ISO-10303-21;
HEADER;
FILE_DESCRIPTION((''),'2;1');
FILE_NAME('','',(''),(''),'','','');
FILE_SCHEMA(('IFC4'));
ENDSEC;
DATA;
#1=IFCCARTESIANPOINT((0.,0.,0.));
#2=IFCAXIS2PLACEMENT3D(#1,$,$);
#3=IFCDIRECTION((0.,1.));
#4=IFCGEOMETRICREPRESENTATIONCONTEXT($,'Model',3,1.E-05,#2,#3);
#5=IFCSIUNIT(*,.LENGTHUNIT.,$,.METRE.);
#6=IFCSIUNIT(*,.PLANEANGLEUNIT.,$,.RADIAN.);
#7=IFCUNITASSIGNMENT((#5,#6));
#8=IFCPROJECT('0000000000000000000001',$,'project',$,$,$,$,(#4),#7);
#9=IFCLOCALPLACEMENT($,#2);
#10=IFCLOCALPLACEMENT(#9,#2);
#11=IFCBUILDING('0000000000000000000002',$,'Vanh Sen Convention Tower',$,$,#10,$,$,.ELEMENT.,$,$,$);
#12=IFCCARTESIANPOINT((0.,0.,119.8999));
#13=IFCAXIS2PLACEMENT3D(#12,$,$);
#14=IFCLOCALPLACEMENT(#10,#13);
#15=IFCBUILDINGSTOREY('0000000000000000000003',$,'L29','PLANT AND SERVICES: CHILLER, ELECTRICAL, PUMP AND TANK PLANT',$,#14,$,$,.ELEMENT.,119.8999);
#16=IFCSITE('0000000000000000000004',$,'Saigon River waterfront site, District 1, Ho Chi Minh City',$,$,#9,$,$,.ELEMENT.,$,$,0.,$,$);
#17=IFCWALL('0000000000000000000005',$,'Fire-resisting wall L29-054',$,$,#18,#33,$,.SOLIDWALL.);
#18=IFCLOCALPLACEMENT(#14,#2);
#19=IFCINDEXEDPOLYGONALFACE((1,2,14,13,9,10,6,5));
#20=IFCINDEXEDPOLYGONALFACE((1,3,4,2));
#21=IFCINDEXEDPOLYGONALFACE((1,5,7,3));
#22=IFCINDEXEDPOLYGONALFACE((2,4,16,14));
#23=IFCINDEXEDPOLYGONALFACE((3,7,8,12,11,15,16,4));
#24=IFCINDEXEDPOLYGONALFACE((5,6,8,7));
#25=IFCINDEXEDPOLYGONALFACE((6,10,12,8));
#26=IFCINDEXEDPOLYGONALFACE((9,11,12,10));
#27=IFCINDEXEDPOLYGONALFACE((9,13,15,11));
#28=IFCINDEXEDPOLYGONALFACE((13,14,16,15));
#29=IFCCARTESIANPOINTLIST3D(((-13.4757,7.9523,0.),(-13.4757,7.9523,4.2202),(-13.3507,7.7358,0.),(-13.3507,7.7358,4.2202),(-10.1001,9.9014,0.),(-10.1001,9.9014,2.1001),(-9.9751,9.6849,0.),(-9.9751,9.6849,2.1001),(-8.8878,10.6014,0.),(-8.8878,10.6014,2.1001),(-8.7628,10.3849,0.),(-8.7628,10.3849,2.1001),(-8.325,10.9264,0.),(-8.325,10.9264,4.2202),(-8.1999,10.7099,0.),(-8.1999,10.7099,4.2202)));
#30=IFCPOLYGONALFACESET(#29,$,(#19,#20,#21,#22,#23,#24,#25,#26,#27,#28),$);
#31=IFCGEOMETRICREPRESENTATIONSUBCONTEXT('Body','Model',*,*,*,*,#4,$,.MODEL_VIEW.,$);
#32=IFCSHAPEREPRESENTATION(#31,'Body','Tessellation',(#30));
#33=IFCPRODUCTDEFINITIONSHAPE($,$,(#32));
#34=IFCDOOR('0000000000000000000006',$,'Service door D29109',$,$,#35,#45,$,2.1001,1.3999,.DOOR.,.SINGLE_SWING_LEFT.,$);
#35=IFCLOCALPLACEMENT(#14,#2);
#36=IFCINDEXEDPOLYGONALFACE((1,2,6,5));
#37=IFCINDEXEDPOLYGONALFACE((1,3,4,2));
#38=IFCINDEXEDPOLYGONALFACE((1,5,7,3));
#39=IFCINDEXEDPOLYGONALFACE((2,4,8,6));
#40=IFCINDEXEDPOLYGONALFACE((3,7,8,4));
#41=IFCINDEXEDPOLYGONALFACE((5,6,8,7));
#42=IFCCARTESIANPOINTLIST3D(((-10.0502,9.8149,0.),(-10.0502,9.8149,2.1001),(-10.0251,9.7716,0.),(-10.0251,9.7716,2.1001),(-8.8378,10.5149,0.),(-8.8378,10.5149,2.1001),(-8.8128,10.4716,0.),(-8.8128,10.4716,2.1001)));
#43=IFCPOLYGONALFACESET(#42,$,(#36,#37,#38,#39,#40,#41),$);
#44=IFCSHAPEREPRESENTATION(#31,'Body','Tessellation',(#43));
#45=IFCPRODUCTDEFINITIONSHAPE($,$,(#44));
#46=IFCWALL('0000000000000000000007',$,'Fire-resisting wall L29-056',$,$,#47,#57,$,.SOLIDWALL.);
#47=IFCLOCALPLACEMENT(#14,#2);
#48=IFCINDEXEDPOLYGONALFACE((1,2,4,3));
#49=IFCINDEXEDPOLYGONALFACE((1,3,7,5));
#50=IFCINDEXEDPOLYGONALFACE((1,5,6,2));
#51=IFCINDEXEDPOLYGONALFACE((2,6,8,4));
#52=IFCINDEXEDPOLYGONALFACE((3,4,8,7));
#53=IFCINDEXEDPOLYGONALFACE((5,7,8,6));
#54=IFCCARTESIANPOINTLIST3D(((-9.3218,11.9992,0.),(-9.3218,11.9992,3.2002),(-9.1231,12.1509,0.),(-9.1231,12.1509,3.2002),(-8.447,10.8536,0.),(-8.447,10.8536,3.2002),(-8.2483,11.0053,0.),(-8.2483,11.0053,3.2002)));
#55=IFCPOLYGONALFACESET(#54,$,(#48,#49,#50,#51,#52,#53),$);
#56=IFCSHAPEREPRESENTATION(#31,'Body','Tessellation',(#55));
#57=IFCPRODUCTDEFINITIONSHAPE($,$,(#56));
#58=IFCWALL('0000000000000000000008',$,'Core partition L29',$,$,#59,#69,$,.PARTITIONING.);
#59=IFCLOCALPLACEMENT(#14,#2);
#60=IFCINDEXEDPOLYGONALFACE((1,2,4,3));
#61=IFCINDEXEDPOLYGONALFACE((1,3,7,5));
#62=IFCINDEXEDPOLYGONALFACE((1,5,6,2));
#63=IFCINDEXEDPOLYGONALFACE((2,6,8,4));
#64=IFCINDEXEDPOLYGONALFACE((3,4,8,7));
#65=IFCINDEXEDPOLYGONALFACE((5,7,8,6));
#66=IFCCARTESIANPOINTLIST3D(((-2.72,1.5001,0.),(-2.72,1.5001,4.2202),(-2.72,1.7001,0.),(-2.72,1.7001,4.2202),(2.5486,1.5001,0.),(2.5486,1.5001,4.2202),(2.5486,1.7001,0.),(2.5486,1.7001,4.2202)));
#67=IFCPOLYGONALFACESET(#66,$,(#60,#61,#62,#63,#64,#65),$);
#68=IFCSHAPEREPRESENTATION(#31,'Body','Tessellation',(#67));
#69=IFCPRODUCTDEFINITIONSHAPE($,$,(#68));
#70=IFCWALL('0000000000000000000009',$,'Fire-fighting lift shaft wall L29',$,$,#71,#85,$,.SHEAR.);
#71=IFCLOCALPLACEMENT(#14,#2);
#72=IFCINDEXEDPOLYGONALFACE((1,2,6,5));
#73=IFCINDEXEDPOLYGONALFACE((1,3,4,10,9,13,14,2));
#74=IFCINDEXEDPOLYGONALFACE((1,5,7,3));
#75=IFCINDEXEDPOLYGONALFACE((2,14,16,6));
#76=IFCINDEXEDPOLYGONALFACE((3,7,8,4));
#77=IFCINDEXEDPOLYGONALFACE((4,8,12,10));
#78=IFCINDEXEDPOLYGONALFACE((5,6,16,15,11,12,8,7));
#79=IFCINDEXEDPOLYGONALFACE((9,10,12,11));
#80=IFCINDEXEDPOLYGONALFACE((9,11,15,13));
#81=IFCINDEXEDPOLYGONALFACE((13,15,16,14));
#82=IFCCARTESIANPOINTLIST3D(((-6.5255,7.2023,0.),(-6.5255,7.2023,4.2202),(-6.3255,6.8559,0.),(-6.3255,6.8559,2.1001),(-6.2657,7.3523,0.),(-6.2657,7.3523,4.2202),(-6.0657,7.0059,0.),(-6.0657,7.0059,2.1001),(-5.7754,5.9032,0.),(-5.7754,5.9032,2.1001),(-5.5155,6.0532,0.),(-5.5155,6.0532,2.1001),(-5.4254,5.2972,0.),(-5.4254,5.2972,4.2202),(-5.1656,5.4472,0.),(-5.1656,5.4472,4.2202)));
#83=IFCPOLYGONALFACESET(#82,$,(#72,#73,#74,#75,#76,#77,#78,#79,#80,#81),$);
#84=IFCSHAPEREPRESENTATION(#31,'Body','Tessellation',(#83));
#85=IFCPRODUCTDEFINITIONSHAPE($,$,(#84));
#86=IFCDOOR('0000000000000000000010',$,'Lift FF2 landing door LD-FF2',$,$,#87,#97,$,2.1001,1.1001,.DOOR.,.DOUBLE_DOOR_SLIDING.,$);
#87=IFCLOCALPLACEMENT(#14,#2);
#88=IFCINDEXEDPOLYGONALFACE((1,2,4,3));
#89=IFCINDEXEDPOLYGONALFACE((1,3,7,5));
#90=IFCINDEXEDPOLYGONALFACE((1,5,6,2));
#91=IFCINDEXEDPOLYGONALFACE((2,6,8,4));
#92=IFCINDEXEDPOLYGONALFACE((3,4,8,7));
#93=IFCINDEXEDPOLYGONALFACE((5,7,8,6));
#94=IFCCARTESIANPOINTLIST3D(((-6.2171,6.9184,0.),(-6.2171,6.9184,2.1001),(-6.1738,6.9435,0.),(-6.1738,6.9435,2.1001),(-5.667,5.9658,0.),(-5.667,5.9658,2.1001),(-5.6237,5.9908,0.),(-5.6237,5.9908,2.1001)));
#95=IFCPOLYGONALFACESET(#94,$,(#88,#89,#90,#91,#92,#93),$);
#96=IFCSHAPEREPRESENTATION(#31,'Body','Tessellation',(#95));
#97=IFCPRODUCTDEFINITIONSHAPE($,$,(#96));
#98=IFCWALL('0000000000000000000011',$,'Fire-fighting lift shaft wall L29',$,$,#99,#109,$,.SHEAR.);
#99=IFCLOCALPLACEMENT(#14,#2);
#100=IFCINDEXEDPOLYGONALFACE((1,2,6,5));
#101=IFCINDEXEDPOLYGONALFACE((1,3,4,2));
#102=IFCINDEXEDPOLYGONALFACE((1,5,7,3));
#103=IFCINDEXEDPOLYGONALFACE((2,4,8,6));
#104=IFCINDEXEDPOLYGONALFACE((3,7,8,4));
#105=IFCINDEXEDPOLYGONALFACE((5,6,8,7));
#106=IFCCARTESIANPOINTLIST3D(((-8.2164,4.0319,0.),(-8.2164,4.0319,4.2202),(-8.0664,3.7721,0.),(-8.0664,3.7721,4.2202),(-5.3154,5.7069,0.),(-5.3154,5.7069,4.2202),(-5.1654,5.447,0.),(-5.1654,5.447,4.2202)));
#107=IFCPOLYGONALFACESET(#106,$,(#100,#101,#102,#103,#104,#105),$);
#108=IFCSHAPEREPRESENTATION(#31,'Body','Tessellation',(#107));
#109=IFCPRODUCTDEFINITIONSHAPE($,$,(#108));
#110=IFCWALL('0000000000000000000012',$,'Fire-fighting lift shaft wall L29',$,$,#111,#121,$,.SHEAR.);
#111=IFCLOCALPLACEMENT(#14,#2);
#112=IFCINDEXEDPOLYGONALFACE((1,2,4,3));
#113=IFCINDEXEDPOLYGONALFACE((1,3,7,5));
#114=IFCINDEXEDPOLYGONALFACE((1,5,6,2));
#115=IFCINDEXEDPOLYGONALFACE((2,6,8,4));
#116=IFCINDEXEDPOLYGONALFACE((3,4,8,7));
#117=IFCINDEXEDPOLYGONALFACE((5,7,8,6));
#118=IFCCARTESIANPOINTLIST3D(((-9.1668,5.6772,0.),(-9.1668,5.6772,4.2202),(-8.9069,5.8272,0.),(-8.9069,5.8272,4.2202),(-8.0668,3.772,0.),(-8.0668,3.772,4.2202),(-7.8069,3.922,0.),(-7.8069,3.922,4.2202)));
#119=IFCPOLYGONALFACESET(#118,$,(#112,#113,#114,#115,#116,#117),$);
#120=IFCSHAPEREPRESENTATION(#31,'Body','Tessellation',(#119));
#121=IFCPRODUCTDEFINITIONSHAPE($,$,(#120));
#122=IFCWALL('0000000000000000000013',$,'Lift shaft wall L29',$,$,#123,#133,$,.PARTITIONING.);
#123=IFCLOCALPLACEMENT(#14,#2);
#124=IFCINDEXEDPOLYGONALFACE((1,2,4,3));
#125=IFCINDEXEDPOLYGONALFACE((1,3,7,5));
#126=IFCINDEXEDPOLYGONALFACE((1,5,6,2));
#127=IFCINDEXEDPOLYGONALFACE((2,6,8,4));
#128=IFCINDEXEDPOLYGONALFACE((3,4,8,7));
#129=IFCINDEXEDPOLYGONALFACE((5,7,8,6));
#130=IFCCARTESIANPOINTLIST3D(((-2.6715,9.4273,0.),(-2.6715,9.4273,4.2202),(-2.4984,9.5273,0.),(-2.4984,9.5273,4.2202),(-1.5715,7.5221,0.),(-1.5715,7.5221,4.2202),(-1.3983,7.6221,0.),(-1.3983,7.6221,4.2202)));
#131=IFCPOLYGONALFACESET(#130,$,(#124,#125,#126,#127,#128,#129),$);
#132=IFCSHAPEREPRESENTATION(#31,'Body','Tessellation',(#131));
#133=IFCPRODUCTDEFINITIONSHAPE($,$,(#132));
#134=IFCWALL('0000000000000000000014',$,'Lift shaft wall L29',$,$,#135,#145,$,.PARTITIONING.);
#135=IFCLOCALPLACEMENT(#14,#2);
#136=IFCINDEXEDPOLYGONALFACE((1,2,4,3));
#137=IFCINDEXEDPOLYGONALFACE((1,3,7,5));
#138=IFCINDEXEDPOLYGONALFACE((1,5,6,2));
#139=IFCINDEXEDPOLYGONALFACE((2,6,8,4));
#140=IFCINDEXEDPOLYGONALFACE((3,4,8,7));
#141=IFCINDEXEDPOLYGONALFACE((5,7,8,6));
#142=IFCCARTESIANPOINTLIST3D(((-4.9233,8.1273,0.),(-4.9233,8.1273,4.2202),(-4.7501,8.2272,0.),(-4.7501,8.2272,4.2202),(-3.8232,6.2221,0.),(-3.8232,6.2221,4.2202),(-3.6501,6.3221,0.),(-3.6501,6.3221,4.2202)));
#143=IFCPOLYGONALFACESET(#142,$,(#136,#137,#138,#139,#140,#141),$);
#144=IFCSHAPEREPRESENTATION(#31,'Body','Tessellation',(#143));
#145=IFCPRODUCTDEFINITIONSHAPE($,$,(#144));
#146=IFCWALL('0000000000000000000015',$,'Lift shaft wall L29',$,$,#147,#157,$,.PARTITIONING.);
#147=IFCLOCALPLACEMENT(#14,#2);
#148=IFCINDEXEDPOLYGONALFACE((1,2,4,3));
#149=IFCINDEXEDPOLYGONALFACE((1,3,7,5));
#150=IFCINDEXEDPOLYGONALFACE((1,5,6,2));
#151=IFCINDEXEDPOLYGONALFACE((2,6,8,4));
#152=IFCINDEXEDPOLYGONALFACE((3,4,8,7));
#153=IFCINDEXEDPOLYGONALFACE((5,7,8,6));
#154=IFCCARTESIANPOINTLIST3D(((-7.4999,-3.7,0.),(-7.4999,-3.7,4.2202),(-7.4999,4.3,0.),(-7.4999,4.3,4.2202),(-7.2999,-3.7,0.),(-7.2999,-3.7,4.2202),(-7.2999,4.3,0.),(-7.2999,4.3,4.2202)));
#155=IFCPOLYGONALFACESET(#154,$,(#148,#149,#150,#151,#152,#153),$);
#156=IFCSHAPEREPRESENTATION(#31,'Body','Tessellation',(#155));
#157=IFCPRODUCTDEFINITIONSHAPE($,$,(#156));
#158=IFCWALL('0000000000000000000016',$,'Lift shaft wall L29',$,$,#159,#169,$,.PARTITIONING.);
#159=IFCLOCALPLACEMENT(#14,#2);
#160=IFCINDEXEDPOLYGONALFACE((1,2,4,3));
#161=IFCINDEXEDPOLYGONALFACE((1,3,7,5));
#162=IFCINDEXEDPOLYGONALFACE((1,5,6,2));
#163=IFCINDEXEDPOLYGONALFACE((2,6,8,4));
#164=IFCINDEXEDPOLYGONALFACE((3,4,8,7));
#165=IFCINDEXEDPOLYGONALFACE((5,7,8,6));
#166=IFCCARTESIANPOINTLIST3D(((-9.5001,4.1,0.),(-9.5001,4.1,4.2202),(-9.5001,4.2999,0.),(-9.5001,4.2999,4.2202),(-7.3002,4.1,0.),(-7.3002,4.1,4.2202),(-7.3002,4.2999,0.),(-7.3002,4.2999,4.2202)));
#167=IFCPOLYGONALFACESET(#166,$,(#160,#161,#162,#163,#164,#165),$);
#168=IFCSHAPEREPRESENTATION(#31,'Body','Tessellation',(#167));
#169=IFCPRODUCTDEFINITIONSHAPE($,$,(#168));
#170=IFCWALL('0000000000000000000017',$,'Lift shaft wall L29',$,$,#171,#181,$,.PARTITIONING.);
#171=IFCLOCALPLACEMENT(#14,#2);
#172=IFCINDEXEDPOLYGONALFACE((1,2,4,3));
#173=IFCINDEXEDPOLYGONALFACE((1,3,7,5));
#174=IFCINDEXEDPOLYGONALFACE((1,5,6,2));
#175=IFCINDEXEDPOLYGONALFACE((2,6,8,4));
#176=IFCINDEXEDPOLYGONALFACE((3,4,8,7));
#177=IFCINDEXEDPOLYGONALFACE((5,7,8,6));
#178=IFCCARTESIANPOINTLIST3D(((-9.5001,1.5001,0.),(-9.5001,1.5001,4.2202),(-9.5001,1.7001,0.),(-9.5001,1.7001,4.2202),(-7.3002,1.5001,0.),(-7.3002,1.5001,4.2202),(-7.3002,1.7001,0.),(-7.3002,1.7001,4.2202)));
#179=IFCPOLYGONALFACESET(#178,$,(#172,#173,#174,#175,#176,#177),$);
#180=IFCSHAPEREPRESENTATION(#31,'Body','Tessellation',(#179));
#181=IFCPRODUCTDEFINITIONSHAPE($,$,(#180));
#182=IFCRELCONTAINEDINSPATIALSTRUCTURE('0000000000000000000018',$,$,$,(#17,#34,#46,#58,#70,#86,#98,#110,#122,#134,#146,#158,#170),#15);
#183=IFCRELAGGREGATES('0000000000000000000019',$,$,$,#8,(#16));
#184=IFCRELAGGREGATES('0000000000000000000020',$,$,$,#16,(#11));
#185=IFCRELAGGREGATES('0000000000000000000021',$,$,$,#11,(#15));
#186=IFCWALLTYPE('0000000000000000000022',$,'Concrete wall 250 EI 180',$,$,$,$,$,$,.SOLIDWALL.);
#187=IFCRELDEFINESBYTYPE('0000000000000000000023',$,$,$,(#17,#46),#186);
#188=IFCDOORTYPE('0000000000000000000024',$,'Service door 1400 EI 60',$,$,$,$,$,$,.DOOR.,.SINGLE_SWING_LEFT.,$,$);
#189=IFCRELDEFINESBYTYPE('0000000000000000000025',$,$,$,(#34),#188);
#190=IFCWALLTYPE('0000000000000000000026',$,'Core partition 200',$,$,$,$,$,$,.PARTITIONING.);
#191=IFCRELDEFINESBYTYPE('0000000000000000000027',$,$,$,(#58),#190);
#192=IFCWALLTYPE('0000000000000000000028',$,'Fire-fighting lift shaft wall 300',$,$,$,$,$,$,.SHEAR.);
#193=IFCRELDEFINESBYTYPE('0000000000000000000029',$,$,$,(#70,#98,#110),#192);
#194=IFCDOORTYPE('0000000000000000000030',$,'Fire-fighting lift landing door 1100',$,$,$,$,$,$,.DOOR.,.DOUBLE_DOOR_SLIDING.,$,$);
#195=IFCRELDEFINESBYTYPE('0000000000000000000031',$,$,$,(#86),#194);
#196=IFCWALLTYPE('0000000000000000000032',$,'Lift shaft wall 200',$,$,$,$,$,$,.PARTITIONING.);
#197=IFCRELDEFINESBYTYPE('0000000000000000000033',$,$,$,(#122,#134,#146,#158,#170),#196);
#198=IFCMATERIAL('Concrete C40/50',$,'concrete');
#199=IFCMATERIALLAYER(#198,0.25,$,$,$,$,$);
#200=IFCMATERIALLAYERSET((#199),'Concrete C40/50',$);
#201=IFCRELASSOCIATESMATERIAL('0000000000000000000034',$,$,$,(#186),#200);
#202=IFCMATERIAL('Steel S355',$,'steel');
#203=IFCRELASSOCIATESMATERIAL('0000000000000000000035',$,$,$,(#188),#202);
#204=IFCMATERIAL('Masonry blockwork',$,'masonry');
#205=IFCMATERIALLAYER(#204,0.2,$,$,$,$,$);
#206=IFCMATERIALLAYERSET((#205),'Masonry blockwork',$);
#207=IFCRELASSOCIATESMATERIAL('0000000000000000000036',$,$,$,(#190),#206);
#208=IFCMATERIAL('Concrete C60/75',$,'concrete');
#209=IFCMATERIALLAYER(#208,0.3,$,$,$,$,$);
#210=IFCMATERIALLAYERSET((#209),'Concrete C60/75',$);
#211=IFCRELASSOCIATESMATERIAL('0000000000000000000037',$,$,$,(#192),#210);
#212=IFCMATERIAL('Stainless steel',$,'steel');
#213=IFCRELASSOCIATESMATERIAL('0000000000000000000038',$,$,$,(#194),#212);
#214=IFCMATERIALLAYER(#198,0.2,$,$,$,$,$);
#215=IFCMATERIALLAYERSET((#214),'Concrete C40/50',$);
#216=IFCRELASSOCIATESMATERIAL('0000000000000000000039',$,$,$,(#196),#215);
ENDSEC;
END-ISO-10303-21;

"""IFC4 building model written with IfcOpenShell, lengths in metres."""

from ifc_helpers import new_model, si_unit, direction, frame, frame_2d, origin, place, context, subcontext, project, spatial, rectangle, extrude, material, layer, layer_set, type_object, element, fill, save


model = new_model("IFC4")

# Units and contexts
model_context = context("Model", 3, precision=1e-05, world=origin(), true_north=direction((0.0, 1.0)))
body_context = subcontext(model_context, "Body", "Model", "MODEL_VIEW")
ifc_project = project(units=[si_unit("LENGTHUNIT", "METRE"), si_unit("PLANEANGLEUNIT", "RADIAN")], contexts=[model_context])

# Site, building, storey
site_placement = place(None, origin())
site = spatial("IfcSite", under=ifc_project, at=site_placement, Name="Saigon River waterfront site, District 1, Ho Chi Minh City", CompositionType="ELEMENT", RefElevation=0.0)
building_placement = place(site_placement, origin())
building = spatial("IfcBuilding", under=site, at=building_placement, Name="Vanh Sen Convention Tower", CompositionType="ELEMENT")
storey_placement = place(building_placement, frame((0.0, 0.0, 119.8999)))
storey = spatial("IfcBuildingStorey", under=building, at=storey_placement, Name="L29", Description="PLANT AND SERVICES: CHILLER, ELECTRICAL, PUMP AND TANK PLANT", CompositionType="ELEMENT", Elevation=119.8999)

# Wall, opening, door
ifc_material_1 = material(Name="Concrete C40/50", Category="concrete")
ifc_layer_1 = layer(ifc_material_1, 0.25)
ifc_layer_set_1 = layer_set([ifc_layer_1], Name="Concrete C40/50")
wall_type_1 = type_object("IfcWallType", Name="Concrete wall 250 EI 180", PredefinedType="SOLIDWALL", material=ifc_layer_set_1)
wall_1_placement = place(storey_placement, frame((-8.2625, 10.8181, 0.0), z_axis=(0.0, 0.0, 1.0), x_axis=(-0.866006, -0.500033, 0.0)))
wall_1 = element("IfcWall", 1, at=wall_1_placement, inside=storey, type_object=wall_type_1, Name="Fire-resisting wall L29-054", PredefinedType="SOLIDWALL", context=body_context, shape_type="SweptSolid", body=[
    extrude(rectangle(XDim=5.9478, YDim=0.25, at=frame_2d((2.9739, 0.0))), origin(), (0.0, 0.0, 1.0), 4.2202),
])
opening_1_placement = place(wall_1_placement, frame((0.6499, 0.0, 0.0)))
opening_1 = element("IfcOpeningElement", 2, at=opening_1_placement, cuts=wall_1, PredefinedType="OPENING", context=body_context, shape_type="SweptSolid", body=[
    extrude(rectangle(XDim=1.3999, YDim=2.1001, at=frame_2d((0.7, 1.05))), frame((0.0, 0.135, 0.0), z_axis=(0.0, -1.0, 0.0), x_axis=(1.0, 0.0, 0.0)), (0.0, 0.0, 1.0), 0.27),
])
ifc_material_2 = material(Name="Steel S355", Category="steel")
door_type_1 = type_object("IfcDoorType", Name="Service door 1400 EI 60", OperationType="SINGLE_SWING_LEFT", PredefinedType="DOOR", material=ifc_material_2)
door_1_placement = place(opening_1_placement, origin())
door_1 = element("IfcDoor", 3, at=door_1_placement, inside=storey, type_object=door_type_1, Name="Service door D29109", OperationType="SINGLE_SWING_LEFT", OverallHeight=2.1001, OverallWidth=1.3999, PredefinedType="DOOR", context=body_context, shape_type="SweptSolid", body=[
    extrude(rectangle(XDim=1.3999, YDim=2.1001, at=frame_2d((0.7, 1.05))), frame((0.0, 0.0249, 0.0), z_axis=(0.0, -1.0, 0.0), x_axis=(1.0, 0.0, 0.0)), (0.0, 0.0, 1.0), 0.05),
])
fill(opening_1, door_1)

# Walls
wall_2_placement = place(storey_placement, frame((-8.3477, 10.9294, 0.0), z_axis=(0.0, 0.0, 1.0), x_axis=(-0.606916, 0.794766, 0.0)))
element("IfcWall", 4, at=wall_2_placement, inside=storey, type_object=wall_type_1, Name="Fire-resisting wall L29-056", PredefinedType="SOLIDWALL", context=body_context, shape_type="SweptSolid", body=[
    extrude(rectangle(XDim=1.4414, YDim=0.25, at=frame_2d((0.7207, 0.0))), origin(), (0.0, 0.0, 1.0), 3.2002),
])
ifc_material_3 = material(Name="Masonry blockwork", Category="masonry")
ifc_layer_2 = layer(ifc_material_3, 0.2)
ifc_layer_set_2 = layer_set([ifc_layer_2], Name="Masonry blockwork")
wall_type_2 = type_object("IfcWallType", Name="Core partition 200", PredefinedType="PARTITIONING", material=ifc_layer_set_2)
wall_3_placement = place(storey_placement, frame((-2.72, 1.6001, 0.0), z_axis=(0.0, 0.0, 1.0), x_axis=(1.0, 0.0, 0.0)))
element("IfcWall", 5, at=wall_3_placement, inside=storey, type_object=wall_type_2, Name="Core partition L29", PredefinedType="PARTITIONING", context=body_context, shape_type="SweptSolid", body=[
    extrude(rectangle(XDim=5.2686, YDim=0.2, at=frame_2d((2.6343, 0.0))), origin(), (0.0, 0.0, 1.0), 4.2202),
])

# Wall, opening, door
ifc_material_4 = material(Name="Concrete C60/75", Category="concrete")
ifc_layer_3 = layer(ifc_material_4, 0.3)
ifc_layer_set_3 = layer_set([ifc_layer_3], Name="Concrete C60/75")
wall_type_3 = type_object("IfcWallType", Name="Fire-fighting lift shaft wall 300", PredefinedType="SHEAR", material=ifc_layer_set_3)
wall_4_placement = place(storey_placement, frame((-5.2954, 5.3721, 0.0), z_axis=(0.0, 0.0, 1.0), x_axis=(-0.500078, 0.86598, 0.0)))
wall_4 = element("IfcWall", 6, at=wall_4_placement, inside=storey, type_object=wall_type_3, Name="Fire-fighting lift shaft wall L29", PredefinedType="SHEAR", context=body_context, shape_type="SweptSolid", body=[
    extrude(rectangle(XDim=2.2, YDim=0.3, at=frame_2d((1.1001, 0.0))), origin(), (0.0, 0.0, 1.0), 4.2202),
])
opening_2_placement = place(wall_4_placement, frame((0.7, 0.0, 0.0)))
opening_2 = element("IfcOpeningElement", 7, at=opening_2_placement, cuts=wall_4, PredefinedType="OPENING", context=body_context, shape_type="SweptSolid", body=[
    extrude(rectangle(XDim=1.1001, YDim=2.1001, at=frame_2d((0.55, 1.05))), frame((0.0, 0.1599, 0.0), z_axis=(0.0, -1.0, 0.0), x_axis=(1.0, 0.0, 0.0)), (0.0, 0.0, 1.0), 0.3201),
])
ifc_material_5 = material(Name="Stainless steel", Category="steel")
door_type_2 = type_object("IfcDoorType", Name="Fire-fighting lift landing door 1100", OperationType="DOUBLE_DOOR_SLIDING", PredefinedType="DOOR", material=ifc_material_5)
door_2_placement = place(opening_2_placement, origin())
door_2 = element("IfcDoor", 8, at=door_2_placement, inside=storey, type_object=door_type_2, Name="Lift FF2 landing door LD-FF2", OperationType="DOUBLE_DOOR_SLIDING", OverallHeight=2.1001, OverallWidth=1.1001, PredefinedType="DOOR", context=body_context, shape_type="SweptSolid", body=[
    extrude(rectangle(XDim=1.1001, YDim=2.1001, at=frame_2d((0.55, 1.05))), frame((0.0, 0.0249, 0.0), z_axis=(0.0, -1.0, 0.0), x_axis=(1.0, 0.0, 0.0)), (0.0, 0.0, 1.0), 0.05),
])
fill(opening_2, door_2)

# Walls
wall_5_placement = place(storey_placement, frame((-5.2405, 5.5769, 0.0), z_axis=(0.0, 0.0, 1.0), x_axis=(-0.866014, -0.500019, 0.0)))
element("IfcWall", 9, at=wall_5_placement, inside=storey, type_object=wall_type_3, Name="Fire-fighting lift shaft wall L29", PredefinedType="SHEAR", context=body_context, shape_type="SweptSolid", body=[
    extrude(rectangle(XDim=3.3499, YDim=0.3, at=frame_2d((1.6748, 0.0))), origin(), (0.0, 0.0, 1.0), 4.2202),
])
wall_6_placement = place(storey_placement, frame((-7.9368, 3.8469, 0.0), z_axis=(0.0, 0.0, 1.0), x_axis=(-0.50003, 0.866008, 0.0)))
element("IfcWall", 10, at=wall_6_placement, inside=storey, type_object=wall_type_3, Name="Fire-fighting lift shaft wall L29", PredefinedType="SHEAR", context=body_context, shape_type="SweptSolid", body=[
    extrude(rectangle(XDim=2.2, YDim=0.3, at=frame_2d((1.1001, 0.0))), origin(), (0.0, 0.0, 1.0), 4.2202),
])
ifc_layer_4 = layer(ifc_material_1, 0.2)
ifc_layer_set_4 = layer_set([ifc_layer_4], Name="Concrete C40/50")
wall_type_4 = type_object("IfcWallType", Name="Lift shaft wall 200", PredefinedType="PARTITIONING", material=ifc_layer_set_4)
for number, where, z_axis, x_axis, name in (
    (11, (-1.4849, 7.572, 0.0), (0.0, 0.0, 1.0), (-0.50003, 0.866008, 0.0), "Lift shaft wall L29"),
    (12, (-3.7366, 6.272, 0.0), (0.0, 0.0, 1.0), (-0.50003, 0.866008, 0.0), "Lift shaft wall L29"),
):
    element("IfcWall", number, at=place(storey_placement, frame(where, z_axis=z_axis, x_axis=x_axis)), inside=storey, type_object=wall_type_4, Name=name, PredefinedType="PARTITIONING", context=body_context, shape_type="SweptSolid", body=[
        extrude(rectangle(XDim=2.2, YDim=0.2, at=frame_2d((1.1001, 0.0))), origin(), (0.0, 0.0, 1.0), 4.2202),
    ])
wall_7_placement = place(storey_placement, frame((-7.3999, 4.3, 0.0), z_axis=(0.0, 0.0, 1.0), x_axis=(0.0, -1.0, 0.0)))
element("IfcWall", 13, at=wall_7_placement, inside=storey, type_object=wall_type_4, Name="Lift shaft wall L29", PredefinedType="PARTITIONING", context=body_context, shape_type="SweptSolid", body=[
    extrude(rectangle(XDim=8.0, YDim=0.2, at=frame_2d((4.0, 0.0))), origin(), (0.0, 0.0, 1.0), 4.2202),
])
for number, where, z_axis, x_axis, name in (
    (14, (-7.3, 4.2, 0.0), (0.0, 0.0, 1.0), (-1.0, 0.0, 0.0), "Lift shaft wall L29"),
    (15, (-7.3, 1.6001, 0.0), (0.0, 0.0, 1.0), (-1.0, 0.0, 0.0), "Lift shaft wall L29"),
):
    element("IfcWall", number, at=place(storey_placement, frame(where, z_axis=z_axis, x_axis=x_axis)), inside=storey, type_object=wall_type_4, Name=name, PredefinedType="PARTITIONING", context=body_context, shape_type="SweptSolid", body=[
        extrude(rectangle(XDim=2.2, YDim=0.2, at=frame_2d((1.1001, 0.0))), origin(), (0.0, 0.0, 1.0), 4.2202),
    ])

save(model, "model.ifc")
